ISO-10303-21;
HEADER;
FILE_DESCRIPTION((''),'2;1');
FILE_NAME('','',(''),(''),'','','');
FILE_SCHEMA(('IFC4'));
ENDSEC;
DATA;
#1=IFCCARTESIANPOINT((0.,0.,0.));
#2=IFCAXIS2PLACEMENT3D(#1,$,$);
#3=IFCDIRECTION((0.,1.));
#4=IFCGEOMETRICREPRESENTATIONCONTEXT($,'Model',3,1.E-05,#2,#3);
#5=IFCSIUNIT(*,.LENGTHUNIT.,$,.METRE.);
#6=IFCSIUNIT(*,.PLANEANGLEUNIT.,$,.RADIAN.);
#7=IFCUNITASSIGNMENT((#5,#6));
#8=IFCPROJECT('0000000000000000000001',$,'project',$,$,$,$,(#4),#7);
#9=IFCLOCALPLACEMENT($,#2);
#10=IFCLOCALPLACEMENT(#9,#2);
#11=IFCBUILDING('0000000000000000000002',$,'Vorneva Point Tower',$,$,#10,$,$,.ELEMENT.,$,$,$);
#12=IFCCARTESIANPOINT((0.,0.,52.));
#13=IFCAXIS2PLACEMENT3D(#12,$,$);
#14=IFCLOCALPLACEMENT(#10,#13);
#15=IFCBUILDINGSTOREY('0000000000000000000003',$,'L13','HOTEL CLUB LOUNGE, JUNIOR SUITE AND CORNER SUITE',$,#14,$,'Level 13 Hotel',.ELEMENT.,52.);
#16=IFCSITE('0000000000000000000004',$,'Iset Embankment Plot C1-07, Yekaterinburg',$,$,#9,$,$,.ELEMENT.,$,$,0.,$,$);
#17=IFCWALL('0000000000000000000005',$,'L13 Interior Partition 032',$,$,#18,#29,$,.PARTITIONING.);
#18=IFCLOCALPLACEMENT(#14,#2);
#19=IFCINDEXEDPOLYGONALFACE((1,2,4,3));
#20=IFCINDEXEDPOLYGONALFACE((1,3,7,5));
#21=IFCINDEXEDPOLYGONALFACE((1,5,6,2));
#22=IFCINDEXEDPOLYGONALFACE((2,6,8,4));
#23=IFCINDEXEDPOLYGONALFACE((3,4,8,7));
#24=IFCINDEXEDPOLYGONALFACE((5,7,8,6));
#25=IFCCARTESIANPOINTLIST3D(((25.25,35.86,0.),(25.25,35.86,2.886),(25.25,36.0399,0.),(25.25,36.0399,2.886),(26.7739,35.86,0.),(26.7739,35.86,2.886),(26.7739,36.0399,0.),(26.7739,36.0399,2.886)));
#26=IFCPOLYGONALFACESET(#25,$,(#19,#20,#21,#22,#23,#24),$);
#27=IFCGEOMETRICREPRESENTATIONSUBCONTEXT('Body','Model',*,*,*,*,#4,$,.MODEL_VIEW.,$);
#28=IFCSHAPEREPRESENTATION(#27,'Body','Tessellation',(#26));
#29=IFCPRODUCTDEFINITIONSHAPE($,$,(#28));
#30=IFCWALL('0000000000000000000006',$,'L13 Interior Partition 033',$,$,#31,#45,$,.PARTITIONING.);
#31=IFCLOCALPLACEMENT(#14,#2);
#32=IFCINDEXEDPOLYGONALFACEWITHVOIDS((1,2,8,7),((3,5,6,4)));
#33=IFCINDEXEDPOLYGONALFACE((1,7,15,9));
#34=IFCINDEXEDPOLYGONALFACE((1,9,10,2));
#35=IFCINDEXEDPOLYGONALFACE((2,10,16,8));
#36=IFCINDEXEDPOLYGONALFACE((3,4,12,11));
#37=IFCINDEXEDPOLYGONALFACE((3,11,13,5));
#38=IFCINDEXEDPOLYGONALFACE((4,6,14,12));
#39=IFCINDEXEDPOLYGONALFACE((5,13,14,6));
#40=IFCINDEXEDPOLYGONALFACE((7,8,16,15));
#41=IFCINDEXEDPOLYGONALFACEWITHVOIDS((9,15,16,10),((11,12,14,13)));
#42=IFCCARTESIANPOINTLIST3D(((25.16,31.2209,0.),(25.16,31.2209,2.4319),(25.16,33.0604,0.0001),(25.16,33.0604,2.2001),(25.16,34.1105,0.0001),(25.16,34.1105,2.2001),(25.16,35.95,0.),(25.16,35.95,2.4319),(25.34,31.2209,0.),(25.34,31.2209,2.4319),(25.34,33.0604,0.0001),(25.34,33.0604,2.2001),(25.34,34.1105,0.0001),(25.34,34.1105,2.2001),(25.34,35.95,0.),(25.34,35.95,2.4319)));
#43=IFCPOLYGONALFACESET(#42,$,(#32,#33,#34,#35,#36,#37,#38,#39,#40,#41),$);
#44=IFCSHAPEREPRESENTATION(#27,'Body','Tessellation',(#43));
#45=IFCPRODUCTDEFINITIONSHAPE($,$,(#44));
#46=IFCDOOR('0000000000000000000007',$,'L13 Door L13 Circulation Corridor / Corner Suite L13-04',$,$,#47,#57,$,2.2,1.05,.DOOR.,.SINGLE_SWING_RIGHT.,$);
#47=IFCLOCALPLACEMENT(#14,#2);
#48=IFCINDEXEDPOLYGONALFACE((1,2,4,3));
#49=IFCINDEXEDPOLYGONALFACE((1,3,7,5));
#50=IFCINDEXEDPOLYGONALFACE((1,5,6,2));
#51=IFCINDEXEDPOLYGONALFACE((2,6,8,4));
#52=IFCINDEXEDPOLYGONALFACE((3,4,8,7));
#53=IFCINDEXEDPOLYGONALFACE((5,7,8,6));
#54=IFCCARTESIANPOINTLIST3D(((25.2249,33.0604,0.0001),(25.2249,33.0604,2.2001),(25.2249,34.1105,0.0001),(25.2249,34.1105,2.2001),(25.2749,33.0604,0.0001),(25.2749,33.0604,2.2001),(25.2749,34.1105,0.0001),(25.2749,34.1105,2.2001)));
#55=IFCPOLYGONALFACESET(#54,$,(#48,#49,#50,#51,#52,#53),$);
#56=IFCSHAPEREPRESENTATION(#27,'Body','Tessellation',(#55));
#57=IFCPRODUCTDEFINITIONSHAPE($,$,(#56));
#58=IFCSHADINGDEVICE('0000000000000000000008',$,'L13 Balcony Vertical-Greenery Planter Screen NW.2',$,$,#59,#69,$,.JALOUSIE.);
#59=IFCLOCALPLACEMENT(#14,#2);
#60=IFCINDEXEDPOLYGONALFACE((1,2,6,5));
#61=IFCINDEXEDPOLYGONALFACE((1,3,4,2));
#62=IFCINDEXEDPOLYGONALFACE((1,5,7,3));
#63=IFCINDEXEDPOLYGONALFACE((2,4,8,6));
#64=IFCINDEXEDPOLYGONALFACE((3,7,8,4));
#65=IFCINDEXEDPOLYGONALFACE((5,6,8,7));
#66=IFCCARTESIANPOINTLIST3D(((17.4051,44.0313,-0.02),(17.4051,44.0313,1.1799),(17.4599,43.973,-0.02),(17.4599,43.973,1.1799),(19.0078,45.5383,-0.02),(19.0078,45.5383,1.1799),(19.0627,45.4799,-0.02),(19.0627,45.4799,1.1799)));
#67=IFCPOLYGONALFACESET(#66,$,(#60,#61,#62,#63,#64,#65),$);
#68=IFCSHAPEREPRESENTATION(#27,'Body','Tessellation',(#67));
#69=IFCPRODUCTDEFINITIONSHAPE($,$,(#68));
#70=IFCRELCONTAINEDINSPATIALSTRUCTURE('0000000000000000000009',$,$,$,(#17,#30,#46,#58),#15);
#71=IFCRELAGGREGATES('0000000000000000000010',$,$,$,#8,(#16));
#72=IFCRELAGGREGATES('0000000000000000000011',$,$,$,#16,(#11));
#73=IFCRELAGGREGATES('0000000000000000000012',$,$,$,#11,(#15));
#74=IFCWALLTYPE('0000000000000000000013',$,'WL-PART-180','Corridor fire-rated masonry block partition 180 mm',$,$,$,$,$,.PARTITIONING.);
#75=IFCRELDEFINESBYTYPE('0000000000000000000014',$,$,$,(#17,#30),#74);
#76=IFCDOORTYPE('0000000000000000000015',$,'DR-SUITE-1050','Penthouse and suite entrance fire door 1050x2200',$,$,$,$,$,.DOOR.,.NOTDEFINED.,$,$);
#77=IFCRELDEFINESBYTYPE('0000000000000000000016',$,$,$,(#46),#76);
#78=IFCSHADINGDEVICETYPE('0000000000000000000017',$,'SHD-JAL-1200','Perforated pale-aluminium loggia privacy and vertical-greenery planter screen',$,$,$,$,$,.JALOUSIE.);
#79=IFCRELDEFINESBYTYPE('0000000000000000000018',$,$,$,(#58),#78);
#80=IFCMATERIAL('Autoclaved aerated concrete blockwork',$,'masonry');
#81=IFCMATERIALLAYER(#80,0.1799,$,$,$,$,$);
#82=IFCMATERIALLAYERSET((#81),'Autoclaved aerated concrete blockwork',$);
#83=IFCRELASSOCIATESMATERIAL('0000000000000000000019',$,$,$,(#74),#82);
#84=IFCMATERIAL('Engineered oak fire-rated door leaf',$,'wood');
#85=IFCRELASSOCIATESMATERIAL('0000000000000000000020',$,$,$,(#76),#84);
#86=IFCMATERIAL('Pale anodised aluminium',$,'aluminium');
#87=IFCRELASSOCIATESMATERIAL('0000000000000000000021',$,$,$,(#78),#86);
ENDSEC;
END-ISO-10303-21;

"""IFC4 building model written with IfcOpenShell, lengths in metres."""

from ifc_helpers import new_model, si_unit, direction, frame, frame_2d, origin, origin_2d, place, context, subcontext, project, spatial, rectangle, extrude, material, layer, layer_set, type_object, element, fill, save


model = new_model("IFC4")

# Units and contexts
model_context = context("Model", 3, precision=1e-05, world=origin(), true_north=direction((0.0, 1.0)))
body_context = subcontext(model_context, "Body", "Model", "MODEL_VIEW")
ifc_project = project(units=[si_unit("LENGTHUNIT", "METRE"), si_unit("PLANEANGLEUNIT", "RADIAN")], contexts=[model_context])

# Site, building, storey
site_placement = place(None, origin())
site = spatial("IfcSite", under=ifc_project, at=site_placement, Name="Iset Embankment Plot C1-07, Yekaterinburg", CompositionType="ELEMENT", RefElevation=0.0)
building_placement = place(site_placement, origin())
building = spatial("IfcBuilding", under=site, at=building_placement, Name="Vorneva Point Tower", CompositionType="ELEMENT")
storey_placement = place(building_placement, frame((0.0, 0.0, 52.0)))
storey = spatial("IfcBuildingStorey", under=building, at=storey_placement, Name="L13", Description="HOTEL CLUB LOUNGE, JUNIOR SUITE AND CORNER SUITE", LongName="Level 13 Hotel", CompositionType="ELEMENT", Elevation=52.0)

# Shared definitions
ifc_material_1 = material(Name="Pale anodised aluminium", Category="aluminium")

# Shared definitions
ifc_material_2 = material(Name="Engineered oak fire-rated door leaf", Category="wood")

# Wall
ifc_material_3 = material(Name="Autoclaved aerated concrete blockwork", Category="masonry")
ifc_layer_1 = layer(ifc_material_3, 0.1799)
ifc_layer_set_1 = layer_set([ifc_layer_1], Name="Autoclaved aerated concrete blockwork")
wall_type_1 = type_object("IfcWallType", Name="WL-PART-180", Description="Corridor fire-rated masonry block partition 180 mm", PredefinedType="PARTITIONING", material=ifc_layer_set_1)
wall_1_placement = place(storey_placement, frame((26.7739, 35.95, 0.0), z_axis=(0.0, 0.0, 1.0), x_axis=(-1.0, 0.0, 0.0)))
element("IfcWall", 1, at=wall_1_placement, inside=storey, type_object=wall_type_1, Name="L13 Interior Partition 032", PredefinedType="PARTITIONING", context=body_context, shape_type="SweptSolid", body=[
    extrude(rectangle(XDim=1.5239, YDim=0.1799, at=frame_2d((0.762, 0.0))), origin(), (0.0, 0.0, 1.0), 2.886),
])

# Wall, opening, door
wall_2_placement = place(storey_placement, frame((25.25, 35.95, 0.0), z_axis=(0.0, 0.0, 1.0), x_axis=(0.0, -1.0, 0.0)))
wall_2 = element("IfcWall", 2, at=wall_2_placement, inside=storey, type_object=wall_type_1, Name="L13 Interior Partition 033", PredefinedType="PARTITIONING", context=body_context, shape_type="SweptSolid", body=[
    extrude(rectangle(XDim=4.729, YDim=0.1799, at=frame_2d((2.3645, 0.0))), origin(), (0.0, 0.0, 1.0), 2.4319),
])
opening_1_placement = place(wall_2_placement, frame((1.8396, 0.0, 0.0)))
opening_1 = element("IfcOpeningElement", 3, at=opening_1_placement, cuts=wall_2, PredefinedType="OPENING", context=body_context, shape_type="SweptSolid", body=[
    extrude(rectangle(XDim=1.05, YDim=2.2, at=frame_2d((0.5249, 1.1001))), frame((0.0, 0.105, 0.0), z_axis=(0.0, -1.0, 0.0), x_axis=(1.0, 0.0, 0.0)), (0.0, 0.0, 1.0), 0.2097),
])
door_type_1 = type_object("IfcDoorType", Name="DR-SUITE-1050", Description="Penthouse and suite entrance fire door 1050x2200", OperationType="NOTDEFINED", PredefinedType="DOOR", material=ifc_material_2)
door_1_placement = place(opening_1_placement, origin())
door_1 = element("IfcDoor", 4, at=door_1_placement, inside=storey, type_object=door_type_1, Name="L13 Door L13 Circulation Corridor / Corner Suite L13-04", OperationType="SINGLE_SWING_RIGHT", OverallHeight=2.2, OverallWidth=1.05, PredefinedType="DOOR", context=body_context, shape_type="SweptSolid", body=[
    extrude(rectangle(XDim=1.05, YDim=2.2, at=frame_2d((0.5249, 1.1001))), frame((0.0, 0.0249, 0.0), z_axis=(0.0, -1.0, 0.0), x_axis=(1.0, 0.0, 0.0)), (0.0, 0.0, 1.0), 0.05),
])
fill(opening_1, door_1)

# Shading device
shading_device_type = type_object("IfcShadingDeviceType", Name="SHD-JAL-1200", Description="Perforated pale-aluminium loggia privacy and vertical-greenery planter screen", PredefinedType="JALOUSIE", material=ifc_material_1)
shading_device_placement = place(storey_placement, frame((18.2339, 44.7556, -0.02), z_axis=(0.0, 0.0, 1.0), x_axis=(-0.728538, -0.685005, 0.0)))
element("IfcShadingDevice", 5, at=shading_device_placement, inside=storey, type_object=shading_device_type, Name="L13 Balcony Vertical-Greenery Planter Screen NW.2", PredefinedType="JALOUSIE", context=body_context, shape_type="SweptSolid", body=[
    extrude(rectangle(XDim=2.2, YDim=0.0801, at=origin_2d()), origin(), (0.0, 0.0, 1.0), 1.2),
])

save(model, "model.ifc")
